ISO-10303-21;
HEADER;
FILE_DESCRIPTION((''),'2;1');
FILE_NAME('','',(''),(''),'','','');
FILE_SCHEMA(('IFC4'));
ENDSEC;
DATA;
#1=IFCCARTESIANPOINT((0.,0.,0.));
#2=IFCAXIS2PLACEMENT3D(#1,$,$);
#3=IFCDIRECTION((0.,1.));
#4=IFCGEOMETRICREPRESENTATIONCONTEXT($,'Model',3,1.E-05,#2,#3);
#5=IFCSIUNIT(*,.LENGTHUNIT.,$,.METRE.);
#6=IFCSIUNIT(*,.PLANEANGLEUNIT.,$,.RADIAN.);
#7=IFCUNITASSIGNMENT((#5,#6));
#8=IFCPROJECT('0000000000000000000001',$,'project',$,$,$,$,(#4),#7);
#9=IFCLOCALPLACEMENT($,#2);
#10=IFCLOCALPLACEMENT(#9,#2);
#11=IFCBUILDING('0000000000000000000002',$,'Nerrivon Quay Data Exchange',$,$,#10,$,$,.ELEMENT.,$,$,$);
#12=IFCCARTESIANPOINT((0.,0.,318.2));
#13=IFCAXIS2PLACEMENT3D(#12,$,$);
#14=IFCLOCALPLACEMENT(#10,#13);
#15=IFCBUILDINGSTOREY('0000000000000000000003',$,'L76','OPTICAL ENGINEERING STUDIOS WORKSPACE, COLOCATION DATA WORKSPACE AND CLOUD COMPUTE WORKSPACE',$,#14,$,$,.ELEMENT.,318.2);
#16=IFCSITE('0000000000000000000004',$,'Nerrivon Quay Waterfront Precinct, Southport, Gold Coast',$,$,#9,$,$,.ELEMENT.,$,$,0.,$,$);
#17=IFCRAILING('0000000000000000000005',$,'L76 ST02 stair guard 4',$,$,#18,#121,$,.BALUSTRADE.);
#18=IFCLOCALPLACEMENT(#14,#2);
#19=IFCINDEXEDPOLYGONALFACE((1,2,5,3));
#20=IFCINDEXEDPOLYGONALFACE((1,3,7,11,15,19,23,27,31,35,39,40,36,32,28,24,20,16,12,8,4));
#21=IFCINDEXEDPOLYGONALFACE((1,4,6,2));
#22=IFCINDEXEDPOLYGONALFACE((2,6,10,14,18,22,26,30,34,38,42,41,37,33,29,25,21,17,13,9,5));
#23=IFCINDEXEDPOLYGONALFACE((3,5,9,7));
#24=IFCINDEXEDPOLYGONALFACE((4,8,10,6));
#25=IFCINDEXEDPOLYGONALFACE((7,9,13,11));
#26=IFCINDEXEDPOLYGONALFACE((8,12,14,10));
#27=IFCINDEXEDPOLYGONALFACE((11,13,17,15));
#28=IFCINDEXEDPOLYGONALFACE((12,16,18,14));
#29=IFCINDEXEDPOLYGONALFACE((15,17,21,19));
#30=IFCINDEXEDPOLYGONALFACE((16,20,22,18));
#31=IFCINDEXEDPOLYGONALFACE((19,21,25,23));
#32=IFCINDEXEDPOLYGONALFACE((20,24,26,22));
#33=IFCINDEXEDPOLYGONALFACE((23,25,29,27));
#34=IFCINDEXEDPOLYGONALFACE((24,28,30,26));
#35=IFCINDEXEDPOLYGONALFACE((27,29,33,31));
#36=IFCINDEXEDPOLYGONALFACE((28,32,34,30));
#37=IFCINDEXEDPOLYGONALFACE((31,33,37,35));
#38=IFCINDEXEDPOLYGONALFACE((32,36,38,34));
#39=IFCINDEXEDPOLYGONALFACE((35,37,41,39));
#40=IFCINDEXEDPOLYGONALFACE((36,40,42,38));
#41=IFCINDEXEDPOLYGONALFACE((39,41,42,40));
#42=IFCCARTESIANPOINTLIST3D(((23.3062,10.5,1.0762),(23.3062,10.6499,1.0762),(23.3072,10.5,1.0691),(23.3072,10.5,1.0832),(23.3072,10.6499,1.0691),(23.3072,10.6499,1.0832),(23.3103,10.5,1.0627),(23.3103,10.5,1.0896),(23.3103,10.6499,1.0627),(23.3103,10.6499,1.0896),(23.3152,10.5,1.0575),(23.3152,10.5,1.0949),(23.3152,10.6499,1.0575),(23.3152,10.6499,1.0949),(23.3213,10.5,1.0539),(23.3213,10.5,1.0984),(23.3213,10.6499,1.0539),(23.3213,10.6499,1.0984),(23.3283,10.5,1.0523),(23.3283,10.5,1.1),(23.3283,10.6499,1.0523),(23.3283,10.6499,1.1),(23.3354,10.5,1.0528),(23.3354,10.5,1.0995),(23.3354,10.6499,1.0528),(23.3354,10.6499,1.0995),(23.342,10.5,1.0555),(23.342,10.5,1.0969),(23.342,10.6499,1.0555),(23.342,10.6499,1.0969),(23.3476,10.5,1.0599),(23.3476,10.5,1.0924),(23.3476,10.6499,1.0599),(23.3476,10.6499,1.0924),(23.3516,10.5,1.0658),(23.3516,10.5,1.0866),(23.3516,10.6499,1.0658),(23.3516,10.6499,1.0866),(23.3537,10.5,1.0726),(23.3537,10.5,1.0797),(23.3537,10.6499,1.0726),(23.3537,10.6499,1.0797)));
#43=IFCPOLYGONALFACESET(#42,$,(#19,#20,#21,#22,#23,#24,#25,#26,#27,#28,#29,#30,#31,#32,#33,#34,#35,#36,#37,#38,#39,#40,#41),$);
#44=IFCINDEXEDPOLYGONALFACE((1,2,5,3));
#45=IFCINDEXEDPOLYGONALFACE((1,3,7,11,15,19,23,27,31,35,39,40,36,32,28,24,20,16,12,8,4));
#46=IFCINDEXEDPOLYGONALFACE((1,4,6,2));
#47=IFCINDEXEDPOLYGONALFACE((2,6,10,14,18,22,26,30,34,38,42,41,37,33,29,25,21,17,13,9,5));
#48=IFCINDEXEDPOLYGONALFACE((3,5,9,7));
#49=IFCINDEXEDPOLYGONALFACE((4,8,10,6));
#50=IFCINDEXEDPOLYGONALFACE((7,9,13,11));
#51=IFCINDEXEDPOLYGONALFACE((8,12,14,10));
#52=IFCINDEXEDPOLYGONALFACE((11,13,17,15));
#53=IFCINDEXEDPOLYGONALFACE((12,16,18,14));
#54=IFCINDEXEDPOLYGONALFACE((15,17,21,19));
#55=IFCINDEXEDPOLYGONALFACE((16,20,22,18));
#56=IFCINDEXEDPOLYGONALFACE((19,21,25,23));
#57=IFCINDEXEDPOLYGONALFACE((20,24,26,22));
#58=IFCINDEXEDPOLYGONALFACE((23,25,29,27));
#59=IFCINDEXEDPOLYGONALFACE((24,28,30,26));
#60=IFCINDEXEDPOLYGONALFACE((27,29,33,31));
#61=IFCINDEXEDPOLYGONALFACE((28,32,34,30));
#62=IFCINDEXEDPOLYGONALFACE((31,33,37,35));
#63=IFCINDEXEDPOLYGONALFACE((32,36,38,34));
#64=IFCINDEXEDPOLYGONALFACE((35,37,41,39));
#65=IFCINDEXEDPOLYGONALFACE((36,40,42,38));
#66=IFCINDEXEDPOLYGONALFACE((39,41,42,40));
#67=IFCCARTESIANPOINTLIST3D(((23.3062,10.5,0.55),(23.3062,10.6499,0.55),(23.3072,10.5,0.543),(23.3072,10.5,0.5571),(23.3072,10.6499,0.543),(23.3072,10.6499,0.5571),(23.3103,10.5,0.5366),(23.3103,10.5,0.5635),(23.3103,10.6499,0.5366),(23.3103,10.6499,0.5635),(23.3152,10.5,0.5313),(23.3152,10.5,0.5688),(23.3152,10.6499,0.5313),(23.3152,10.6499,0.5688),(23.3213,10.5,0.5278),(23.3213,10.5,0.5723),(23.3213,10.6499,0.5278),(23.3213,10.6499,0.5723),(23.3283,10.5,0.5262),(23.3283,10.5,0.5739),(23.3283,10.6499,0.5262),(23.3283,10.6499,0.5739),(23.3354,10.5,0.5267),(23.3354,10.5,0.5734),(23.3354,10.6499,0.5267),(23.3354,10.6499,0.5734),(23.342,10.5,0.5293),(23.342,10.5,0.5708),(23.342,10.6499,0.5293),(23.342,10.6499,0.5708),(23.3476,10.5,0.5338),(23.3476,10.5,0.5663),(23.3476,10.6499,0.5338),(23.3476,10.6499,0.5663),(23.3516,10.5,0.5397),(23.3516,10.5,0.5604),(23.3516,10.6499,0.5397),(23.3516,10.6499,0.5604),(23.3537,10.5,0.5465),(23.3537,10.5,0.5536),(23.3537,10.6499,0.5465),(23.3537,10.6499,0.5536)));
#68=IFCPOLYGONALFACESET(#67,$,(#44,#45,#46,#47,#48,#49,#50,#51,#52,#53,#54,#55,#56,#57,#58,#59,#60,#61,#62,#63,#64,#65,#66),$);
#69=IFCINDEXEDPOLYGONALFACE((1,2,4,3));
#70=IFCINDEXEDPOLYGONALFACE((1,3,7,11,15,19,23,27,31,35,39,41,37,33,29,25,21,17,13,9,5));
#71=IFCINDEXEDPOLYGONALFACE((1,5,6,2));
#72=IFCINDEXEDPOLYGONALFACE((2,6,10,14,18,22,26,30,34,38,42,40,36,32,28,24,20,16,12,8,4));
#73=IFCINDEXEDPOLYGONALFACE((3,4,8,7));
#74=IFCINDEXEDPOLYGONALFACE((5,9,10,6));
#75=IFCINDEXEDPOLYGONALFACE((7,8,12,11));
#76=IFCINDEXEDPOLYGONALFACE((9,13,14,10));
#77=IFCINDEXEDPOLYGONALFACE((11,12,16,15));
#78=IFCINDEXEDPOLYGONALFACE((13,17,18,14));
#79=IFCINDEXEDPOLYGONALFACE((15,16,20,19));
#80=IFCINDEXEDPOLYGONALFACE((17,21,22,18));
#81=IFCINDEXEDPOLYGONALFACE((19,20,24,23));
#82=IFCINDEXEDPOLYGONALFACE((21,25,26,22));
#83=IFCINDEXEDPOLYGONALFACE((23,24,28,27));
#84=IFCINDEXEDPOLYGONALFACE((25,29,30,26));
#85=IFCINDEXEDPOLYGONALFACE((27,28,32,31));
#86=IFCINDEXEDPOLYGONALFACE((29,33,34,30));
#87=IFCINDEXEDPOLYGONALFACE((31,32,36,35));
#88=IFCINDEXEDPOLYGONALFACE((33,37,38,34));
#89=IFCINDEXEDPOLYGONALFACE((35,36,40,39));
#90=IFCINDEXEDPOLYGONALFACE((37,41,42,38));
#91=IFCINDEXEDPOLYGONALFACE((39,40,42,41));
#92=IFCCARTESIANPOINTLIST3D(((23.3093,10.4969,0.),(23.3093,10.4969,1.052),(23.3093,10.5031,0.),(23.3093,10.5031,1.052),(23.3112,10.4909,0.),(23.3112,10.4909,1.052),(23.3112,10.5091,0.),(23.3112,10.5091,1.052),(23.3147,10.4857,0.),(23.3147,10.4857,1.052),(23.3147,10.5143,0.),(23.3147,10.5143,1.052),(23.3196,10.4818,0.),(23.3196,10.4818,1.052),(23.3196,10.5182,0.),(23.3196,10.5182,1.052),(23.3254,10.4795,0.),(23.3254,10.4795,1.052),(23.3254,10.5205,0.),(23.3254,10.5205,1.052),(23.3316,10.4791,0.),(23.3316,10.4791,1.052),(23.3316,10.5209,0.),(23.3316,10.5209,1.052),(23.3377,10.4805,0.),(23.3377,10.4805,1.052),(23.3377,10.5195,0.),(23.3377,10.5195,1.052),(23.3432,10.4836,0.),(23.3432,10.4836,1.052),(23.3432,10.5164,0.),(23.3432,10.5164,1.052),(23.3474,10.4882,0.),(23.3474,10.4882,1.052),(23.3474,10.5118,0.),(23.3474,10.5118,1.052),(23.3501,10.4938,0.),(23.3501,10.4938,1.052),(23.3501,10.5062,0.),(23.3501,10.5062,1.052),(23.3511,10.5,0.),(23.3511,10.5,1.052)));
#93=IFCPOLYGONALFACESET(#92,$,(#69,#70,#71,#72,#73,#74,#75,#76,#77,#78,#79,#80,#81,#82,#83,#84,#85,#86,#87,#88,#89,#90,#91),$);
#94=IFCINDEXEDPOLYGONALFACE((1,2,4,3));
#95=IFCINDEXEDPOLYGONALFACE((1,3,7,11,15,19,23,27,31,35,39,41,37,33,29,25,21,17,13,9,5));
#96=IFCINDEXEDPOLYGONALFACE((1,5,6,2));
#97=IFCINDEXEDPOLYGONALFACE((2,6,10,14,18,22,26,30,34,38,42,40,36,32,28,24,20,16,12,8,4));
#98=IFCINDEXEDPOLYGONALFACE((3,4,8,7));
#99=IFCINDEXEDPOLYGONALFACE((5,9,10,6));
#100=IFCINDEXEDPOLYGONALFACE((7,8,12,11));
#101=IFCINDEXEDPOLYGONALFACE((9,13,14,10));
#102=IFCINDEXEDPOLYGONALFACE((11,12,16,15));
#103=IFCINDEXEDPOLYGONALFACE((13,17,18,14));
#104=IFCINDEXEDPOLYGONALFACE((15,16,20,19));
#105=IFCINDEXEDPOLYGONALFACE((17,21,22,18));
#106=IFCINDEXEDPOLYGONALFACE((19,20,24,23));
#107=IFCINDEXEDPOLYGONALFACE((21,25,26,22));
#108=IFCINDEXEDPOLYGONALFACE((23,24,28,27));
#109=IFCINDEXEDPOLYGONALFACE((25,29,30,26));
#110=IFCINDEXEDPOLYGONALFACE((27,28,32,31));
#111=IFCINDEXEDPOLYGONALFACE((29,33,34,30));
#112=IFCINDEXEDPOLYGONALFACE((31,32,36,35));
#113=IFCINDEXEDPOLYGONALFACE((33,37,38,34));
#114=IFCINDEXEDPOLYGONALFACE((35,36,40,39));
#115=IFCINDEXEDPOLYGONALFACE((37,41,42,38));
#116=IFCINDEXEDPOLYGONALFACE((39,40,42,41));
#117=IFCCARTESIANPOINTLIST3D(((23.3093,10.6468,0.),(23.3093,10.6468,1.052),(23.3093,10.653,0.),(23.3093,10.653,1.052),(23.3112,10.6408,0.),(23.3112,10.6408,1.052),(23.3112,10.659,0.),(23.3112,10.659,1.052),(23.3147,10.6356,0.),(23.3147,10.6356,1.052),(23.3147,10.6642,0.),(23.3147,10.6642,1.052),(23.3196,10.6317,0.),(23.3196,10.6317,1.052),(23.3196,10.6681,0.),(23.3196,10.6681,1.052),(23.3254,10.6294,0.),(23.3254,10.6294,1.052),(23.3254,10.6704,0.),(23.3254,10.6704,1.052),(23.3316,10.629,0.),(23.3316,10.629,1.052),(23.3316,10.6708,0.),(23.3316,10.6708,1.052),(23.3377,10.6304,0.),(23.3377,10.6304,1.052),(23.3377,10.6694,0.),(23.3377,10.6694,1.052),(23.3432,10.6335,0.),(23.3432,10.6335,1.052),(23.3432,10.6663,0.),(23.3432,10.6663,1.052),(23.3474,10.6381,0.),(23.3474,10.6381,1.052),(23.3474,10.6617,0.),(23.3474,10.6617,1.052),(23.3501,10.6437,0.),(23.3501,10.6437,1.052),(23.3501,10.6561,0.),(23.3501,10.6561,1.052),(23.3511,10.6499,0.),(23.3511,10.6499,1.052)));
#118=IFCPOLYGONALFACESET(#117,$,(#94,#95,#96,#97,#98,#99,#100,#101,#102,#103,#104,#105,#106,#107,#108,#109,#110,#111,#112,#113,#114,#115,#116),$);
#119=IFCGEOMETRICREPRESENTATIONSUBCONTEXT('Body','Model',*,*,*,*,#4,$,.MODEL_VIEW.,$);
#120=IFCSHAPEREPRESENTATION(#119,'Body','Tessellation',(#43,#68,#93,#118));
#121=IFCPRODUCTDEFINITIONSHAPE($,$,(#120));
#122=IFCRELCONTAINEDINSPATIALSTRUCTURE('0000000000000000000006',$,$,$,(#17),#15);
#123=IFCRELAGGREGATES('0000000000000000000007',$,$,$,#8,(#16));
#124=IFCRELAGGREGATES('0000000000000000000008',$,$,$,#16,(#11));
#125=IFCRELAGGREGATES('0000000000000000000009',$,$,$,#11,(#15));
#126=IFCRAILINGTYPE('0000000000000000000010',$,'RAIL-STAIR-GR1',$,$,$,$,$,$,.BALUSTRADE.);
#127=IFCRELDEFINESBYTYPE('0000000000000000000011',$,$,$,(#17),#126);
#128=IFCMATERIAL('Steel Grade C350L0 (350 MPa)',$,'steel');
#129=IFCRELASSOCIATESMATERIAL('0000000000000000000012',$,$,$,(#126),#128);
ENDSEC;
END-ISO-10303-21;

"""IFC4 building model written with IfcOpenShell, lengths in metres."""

from ifc_helpers import new_model, si_unit, direction, frame, origin, origin_2d, place, context, subcontext, project, spatial, circle, extrude, material, type_object, element, save


model = new_model("IFC4")

# Units and contexts
model_context = context("Model", 3, precision=1e-05, world=origin(), true_north=direction((0.0, 1.0)))
body_context = subcontext(model_context, "Body", "Model", "MODEL_VIEW")
ifc_project = project(units=[si_unit("LENGTHUNIT", "METRE"), si_unit("PLANEANGLEUNIT", "RADIAN")], contexts=[model_context])

# Site, building, storey
site_placement = place(None, origin())
site = spatial("IfcSite", under=ifc_project, at=site_placement, Name="Nerrivon Quay Waterfront Precinct, Southport, Gold Coast", CompositionType="ELEMENT", RefElevation=0.0)
building_placement = place(site_placement, origin())
building = spatial("IfcBuilding", under=site, at=building_placement, Name="Nerrivon Quay Data Exchange", CompositionType="ELEMENT")
storey_placement = place(building_placement, frame((0.0, 0.0, 318.2)))
storey = spatial("IfcBuildingStorey", under=building, at=storey_placement, Name="L76", Description="OPTICAL ENGINEERING STUDIOS WORKSPACE, COLOCATION DATA WORKSPACE AND CLOUD COMPUTE WORKSPACE", CompositionType="ELEMENT", Elevation=318.2)

# Railing
ifc_material_1 = material(Name="Steel Grade C350L0 (350 MPa)", Category="steel")
railing_type_1 = type_object("IfcRailingType", Name="RAIL-STAIR-GR1", PredefinedType="BALUSTRADE", material=ifc_material_1)
railing_1_placement = place(storey_placement, frame((23.3301, 10.5, 0.0)))
element("IfcRailing", 1, at=railing_1_placement, inside=storey, type_object=railing_type_1, Name="L76 ST02 stair guard 4", PredefinedType="BALUSTRADE", context=body_context, shape_type="SweptSolid", body=[
    extrude(circle(Radius=0.0239, at=origin_2d()), frame((0.0, 0.0, 1.0762), z_axis=(0.0, 1.0, 0.0), x_axis=(-1.0, 0.0, 0.0)), (0.0, 0.0, 1.0), 0.1499),
    extrude(circle(Radius=0.0239, at=origin_2d()), frame((0.0, 0.0, 0.55), z_axis=(0.0, 1.0, 0.0), x_axis=(-1.0, 0.0, 0.0)), (0.0, 0.0, 1.0), 0.1499),
    extrude(circle(Radius=0.021, at=origin_2d()), origin(), (0.0, 0.0, 1.0), 1.052),
    extrude(circle(Radius=0.021, at=origin_2d()), frame((0.0, 0.1499, 0.0)), (0.0, 0.0, 1.0), 1.052),
])

save(model, "model.ifc")
